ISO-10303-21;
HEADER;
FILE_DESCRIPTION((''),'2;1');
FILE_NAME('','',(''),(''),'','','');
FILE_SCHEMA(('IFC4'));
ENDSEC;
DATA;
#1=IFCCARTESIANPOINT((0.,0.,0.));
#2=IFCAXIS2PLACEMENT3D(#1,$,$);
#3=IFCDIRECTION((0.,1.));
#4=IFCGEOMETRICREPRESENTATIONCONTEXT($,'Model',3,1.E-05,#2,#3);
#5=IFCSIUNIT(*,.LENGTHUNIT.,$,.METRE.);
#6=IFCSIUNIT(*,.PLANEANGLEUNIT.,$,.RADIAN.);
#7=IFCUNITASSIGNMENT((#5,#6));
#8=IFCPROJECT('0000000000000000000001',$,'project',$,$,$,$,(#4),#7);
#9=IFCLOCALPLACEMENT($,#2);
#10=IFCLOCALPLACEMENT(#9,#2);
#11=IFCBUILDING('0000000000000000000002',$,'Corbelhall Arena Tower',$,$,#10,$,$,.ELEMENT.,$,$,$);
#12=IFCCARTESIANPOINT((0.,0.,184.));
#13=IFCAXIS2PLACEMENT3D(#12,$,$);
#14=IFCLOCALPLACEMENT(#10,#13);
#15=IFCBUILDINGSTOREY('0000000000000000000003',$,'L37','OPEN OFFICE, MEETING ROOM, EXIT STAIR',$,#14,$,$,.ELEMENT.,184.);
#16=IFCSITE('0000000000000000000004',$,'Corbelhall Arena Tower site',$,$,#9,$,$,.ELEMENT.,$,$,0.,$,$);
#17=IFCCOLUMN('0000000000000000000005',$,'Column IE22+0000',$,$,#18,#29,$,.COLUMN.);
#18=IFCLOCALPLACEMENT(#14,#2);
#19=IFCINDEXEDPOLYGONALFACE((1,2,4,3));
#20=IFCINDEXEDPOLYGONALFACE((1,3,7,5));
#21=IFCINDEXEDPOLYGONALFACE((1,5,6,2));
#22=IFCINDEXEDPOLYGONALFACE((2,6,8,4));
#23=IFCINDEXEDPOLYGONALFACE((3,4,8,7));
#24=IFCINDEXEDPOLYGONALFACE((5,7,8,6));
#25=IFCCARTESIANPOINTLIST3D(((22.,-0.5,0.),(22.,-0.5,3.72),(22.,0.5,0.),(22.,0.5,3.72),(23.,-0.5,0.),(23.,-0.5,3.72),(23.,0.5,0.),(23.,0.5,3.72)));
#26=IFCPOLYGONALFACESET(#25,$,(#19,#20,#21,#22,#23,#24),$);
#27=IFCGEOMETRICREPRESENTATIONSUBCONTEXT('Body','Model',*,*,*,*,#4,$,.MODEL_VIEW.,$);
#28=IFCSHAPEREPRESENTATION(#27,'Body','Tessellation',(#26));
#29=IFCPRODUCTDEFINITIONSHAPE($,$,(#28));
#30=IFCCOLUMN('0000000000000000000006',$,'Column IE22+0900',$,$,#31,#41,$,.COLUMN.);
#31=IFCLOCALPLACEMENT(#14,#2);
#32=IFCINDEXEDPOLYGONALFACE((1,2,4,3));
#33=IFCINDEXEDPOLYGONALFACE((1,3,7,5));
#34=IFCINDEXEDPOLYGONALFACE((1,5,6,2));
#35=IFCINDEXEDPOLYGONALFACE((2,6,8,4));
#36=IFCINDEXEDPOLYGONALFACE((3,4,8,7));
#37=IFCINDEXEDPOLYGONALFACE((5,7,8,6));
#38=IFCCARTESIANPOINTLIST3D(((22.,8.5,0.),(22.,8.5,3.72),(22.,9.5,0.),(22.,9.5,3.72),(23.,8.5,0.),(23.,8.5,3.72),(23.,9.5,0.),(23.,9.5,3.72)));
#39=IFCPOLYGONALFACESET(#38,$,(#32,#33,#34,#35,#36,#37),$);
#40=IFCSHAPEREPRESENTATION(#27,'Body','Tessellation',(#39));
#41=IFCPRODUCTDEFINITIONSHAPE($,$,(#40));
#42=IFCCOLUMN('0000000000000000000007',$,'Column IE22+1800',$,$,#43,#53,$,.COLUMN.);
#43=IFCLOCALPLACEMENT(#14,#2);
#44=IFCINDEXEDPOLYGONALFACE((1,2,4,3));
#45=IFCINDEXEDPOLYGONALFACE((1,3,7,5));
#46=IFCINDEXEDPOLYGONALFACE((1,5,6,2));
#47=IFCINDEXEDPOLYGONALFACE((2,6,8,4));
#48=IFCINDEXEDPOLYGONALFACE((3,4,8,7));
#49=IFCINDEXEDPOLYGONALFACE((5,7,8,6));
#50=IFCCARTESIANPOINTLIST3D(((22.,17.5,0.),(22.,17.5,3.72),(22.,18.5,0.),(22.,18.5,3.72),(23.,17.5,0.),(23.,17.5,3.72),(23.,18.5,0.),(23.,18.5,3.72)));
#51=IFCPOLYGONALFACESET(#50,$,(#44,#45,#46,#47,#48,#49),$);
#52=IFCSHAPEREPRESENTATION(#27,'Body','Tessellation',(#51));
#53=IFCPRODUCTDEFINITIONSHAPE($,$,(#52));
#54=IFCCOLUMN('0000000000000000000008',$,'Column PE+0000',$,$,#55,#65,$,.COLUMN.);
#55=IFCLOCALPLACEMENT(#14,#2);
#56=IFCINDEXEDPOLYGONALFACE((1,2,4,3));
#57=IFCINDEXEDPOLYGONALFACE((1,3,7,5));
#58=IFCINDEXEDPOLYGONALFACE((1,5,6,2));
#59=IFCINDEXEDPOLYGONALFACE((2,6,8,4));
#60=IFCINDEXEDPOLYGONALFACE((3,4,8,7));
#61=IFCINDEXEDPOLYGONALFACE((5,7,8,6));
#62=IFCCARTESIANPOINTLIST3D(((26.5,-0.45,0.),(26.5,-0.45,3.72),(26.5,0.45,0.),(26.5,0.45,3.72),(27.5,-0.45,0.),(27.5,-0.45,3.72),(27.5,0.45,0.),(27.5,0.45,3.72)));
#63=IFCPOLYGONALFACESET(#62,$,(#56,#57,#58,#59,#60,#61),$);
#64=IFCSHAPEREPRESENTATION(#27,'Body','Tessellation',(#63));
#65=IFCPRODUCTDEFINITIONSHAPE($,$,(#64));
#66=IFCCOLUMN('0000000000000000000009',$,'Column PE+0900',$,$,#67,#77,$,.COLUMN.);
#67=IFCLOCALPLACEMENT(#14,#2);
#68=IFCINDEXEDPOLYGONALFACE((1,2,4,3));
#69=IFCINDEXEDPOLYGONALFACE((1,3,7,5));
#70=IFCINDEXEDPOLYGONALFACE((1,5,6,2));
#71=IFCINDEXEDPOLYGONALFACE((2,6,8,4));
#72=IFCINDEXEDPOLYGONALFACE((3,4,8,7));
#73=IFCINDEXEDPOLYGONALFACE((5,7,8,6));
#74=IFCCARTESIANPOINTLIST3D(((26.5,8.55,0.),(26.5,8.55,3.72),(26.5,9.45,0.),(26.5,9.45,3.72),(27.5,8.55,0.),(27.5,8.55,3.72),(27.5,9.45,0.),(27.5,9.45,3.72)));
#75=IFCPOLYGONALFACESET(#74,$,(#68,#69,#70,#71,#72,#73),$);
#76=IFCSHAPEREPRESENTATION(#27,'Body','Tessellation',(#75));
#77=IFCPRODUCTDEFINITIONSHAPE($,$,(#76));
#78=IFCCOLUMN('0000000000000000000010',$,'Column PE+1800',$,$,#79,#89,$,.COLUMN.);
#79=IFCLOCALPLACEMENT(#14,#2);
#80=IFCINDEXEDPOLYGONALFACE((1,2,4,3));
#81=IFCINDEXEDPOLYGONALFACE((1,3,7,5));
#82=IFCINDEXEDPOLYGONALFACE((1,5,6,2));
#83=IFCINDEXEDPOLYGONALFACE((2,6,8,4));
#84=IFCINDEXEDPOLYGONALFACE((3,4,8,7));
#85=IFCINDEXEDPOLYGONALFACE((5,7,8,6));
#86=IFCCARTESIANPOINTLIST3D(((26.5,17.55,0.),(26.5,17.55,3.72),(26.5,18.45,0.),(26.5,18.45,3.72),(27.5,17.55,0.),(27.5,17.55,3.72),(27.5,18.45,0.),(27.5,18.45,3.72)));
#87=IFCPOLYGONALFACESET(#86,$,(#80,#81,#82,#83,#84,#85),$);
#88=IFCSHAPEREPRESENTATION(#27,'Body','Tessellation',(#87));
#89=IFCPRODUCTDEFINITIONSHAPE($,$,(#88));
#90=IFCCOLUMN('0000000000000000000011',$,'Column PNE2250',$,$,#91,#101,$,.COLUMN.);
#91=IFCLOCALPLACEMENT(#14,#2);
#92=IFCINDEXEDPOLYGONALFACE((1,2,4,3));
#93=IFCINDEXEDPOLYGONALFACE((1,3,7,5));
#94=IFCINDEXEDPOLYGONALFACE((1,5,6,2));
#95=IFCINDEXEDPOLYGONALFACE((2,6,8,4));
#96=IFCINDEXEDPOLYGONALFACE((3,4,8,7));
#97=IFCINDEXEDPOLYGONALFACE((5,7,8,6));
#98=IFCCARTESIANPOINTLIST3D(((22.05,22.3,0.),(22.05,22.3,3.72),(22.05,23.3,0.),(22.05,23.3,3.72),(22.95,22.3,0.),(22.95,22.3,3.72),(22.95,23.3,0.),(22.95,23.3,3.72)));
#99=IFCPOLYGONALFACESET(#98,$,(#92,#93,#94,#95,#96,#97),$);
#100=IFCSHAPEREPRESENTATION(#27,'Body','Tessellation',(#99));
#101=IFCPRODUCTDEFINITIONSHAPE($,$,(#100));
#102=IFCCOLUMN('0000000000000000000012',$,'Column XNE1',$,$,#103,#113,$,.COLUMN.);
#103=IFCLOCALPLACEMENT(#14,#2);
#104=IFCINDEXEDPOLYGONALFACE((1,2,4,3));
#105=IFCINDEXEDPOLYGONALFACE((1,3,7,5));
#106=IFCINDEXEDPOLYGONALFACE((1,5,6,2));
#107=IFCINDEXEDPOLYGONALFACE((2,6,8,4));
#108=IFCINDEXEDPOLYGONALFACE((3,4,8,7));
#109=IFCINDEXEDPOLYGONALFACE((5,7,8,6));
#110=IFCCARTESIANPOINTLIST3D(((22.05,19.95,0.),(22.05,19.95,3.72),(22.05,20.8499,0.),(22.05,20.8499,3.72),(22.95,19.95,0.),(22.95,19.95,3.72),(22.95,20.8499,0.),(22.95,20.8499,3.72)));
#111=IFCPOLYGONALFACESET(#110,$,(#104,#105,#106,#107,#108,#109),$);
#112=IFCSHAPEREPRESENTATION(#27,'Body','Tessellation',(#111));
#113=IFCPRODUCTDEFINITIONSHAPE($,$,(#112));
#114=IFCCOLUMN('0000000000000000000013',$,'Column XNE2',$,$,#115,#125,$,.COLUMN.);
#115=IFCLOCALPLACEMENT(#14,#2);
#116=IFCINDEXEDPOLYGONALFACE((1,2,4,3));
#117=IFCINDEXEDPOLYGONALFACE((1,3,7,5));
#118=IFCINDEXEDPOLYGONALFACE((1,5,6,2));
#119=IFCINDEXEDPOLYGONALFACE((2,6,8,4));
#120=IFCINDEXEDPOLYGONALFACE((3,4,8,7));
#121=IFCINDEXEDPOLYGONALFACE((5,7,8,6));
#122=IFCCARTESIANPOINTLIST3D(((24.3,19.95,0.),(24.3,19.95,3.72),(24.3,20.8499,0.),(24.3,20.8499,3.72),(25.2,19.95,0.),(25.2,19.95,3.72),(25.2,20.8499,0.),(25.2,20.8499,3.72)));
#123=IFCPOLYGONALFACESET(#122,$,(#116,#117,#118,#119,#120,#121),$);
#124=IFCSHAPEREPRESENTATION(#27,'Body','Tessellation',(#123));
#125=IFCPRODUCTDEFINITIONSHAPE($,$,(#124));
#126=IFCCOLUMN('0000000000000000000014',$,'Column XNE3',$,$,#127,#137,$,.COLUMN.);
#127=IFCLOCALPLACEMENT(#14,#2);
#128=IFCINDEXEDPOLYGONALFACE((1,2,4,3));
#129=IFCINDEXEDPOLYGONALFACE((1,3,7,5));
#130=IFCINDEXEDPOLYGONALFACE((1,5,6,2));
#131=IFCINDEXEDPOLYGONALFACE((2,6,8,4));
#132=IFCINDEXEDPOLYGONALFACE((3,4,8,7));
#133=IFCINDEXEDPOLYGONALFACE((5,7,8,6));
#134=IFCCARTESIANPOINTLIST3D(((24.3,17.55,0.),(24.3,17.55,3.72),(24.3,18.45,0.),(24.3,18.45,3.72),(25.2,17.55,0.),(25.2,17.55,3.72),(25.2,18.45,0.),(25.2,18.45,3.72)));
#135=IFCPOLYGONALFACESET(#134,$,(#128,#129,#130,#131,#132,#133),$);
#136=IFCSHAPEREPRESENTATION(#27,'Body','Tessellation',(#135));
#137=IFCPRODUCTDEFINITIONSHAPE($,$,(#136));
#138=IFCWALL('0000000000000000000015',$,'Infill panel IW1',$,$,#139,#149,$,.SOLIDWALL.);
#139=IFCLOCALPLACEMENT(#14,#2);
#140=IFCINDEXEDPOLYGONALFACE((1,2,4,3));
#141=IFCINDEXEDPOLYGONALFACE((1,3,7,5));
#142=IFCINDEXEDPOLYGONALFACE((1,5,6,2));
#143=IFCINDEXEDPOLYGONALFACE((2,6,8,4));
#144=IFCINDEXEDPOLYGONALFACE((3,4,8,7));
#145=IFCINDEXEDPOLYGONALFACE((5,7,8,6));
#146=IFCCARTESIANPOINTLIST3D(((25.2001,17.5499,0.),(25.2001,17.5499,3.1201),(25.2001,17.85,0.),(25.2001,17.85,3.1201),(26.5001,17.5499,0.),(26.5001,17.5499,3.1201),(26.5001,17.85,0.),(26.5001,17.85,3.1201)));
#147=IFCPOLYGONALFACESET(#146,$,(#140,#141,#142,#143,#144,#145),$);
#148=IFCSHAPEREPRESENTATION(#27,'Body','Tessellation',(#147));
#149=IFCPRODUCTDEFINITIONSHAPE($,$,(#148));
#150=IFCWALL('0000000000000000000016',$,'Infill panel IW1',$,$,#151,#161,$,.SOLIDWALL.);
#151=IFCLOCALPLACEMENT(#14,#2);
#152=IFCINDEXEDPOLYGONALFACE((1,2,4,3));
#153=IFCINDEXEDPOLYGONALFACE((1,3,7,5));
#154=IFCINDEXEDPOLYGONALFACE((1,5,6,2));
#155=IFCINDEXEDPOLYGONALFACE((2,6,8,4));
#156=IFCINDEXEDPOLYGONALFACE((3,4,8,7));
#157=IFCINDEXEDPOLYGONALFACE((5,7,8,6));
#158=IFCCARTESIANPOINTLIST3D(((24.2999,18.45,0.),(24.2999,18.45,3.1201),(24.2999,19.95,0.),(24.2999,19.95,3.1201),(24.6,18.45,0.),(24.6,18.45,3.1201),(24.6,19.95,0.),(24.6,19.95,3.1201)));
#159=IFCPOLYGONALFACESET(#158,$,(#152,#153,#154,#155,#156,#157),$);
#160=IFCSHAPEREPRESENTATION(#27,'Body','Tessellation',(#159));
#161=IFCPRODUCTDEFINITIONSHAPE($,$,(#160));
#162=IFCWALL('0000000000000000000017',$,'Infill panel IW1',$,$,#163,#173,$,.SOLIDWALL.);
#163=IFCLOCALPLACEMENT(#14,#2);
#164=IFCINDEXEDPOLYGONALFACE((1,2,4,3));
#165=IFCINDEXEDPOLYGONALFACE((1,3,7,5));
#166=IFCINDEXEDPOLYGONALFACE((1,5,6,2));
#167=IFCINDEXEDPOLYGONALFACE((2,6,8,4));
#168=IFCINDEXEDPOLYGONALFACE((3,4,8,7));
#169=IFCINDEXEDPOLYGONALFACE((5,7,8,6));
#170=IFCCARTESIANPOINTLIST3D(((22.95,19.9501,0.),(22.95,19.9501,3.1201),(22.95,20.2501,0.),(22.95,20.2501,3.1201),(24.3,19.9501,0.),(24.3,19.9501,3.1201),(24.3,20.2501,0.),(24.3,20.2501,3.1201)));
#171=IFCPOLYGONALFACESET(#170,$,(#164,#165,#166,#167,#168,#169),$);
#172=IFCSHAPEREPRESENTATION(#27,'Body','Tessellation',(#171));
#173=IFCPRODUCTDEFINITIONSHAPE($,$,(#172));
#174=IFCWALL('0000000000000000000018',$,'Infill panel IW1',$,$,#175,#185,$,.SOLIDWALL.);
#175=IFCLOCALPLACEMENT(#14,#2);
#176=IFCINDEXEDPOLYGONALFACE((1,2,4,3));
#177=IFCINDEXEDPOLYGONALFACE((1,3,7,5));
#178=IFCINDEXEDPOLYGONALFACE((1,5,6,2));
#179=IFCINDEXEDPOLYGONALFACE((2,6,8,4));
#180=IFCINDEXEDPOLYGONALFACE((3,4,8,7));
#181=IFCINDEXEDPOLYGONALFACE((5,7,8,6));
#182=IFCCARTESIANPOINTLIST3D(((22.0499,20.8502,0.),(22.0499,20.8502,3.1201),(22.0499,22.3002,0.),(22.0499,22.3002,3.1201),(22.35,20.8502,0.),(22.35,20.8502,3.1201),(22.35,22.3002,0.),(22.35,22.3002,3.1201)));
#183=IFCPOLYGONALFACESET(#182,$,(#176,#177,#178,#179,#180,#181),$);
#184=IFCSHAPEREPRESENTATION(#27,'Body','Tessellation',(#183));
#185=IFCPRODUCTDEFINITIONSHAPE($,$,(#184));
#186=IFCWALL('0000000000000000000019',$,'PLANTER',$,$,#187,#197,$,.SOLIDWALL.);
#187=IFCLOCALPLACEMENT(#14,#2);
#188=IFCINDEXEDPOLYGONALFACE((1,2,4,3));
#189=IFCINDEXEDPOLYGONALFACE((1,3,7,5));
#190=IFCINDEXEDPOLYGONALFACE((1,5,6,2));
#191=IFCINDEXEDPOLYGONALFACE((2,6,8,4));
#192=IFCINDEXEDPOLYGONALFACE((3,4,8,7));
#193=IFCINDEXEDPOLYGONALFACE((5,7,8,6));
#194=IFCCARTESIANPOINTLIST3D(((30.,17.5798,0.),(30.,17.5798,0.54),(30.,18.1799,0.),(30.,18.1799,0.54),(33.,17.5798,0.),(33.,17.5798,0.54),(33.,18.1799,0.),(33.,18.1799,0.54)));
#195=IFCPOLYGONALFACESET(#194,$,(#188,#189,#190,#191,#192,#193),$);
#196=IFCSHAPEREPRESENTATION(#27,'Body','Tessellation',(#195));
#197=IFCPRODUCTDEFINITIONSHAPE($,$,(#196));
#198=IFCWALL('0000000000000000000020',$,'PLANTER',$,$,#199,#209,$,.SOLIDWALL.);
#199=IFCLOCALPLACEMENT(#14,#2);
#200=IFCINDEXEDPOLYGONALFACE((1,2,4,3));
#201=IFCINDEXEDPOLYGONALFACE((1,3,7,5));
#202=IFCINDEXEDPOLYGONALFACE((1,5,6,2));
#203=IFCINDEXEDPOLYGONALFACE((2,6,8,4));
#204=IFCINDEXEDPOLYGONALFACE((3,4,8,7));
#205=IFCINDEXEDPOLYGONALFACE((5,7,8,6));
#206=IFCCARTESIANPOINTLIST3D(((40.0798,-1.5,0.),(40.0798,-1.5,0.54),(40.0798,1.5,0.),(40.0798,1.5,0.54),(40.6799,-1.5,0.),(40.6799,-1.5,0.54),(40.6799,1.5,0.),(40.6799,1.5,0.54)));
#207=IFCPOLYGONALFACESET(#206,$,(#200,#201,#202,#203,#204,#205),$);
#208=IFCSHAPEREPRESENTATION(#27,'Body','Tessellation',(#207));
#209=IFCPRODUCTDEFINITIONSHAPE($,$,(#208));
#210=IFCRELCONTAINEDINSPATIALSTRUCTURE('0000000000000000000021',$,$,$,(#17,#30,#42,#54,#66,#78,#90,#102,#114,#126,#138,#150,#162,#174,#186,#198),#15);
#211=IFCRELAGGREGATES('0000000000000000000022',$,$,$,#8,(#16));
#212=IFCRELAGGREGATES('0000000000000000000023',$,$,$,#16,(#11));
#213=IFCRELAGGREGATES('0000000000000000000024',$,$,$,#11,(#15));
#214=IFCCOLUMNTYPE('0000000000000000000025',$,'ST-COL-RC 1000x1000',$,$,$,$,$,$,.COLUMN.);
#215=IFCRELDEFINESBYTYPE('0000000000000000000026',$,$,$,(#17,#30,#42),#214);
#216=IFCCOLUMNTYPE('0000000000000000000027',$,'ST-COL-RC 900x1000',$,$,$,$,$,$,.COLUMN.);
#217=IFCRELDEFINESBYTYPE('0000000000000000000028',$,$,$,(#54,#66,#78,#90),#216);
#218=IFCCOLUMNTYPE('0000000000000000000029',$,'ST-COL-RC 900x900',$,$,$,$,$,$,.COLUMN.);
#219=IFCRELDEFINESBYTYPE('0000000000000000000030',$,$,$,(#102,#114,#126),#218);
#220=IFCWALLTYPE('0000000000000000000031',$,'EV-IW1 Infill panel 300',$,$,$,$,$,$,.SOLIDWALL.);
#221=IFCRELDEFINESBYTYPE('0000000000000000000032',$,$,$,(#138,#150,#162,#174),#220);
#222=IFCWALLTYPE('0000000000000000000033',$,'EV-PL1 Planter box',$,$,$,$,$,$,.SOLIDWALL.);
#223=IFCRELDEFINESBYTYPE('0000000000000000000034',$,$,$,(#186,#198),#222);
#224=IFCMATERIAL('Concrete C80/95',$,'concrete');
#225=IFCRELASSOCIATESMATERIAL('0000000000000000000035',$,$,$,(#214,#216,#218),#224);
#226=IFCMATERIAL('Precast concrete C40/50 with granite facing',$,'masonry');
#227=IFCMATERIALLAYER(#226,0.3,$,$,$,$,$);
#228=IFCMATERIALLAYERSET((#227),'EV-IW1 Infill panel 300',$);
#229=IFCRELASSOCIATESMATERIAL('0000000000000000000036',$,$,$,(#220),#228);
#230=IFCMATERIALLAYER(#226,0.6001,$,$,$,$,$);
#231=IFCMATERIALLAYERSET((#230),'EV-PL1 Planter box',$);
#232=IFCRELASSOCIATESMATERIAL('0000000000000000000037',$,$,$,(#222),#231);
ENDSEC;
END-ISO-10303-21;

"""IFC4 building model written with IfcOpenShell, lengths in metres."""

from ifc_helpers import new_model, si_unit, direction, frame, frame_2d, origin, origin_2d, place, context, subcontext, project, spatial, rectangle, extrude, material, layer, layer_set, material_profile, profile_set, type_object, element, save


model = new_model("IFC4")

# Units and contexts
model_context = context("Model", 3, precision=1e-05, world=origin(), true_north=direction((0.0, 1.0)))
body_context = subcontext(model_context, "Body", "Model", "MODEL_VIEW")
ifc_project = project(units=[si_unit("LENGTHUNIT", "METRE"), si_unit("PLANEANGLEUNIT", "RADIAN")], contexts=[model_context])

# Site, building, storey
site_placement = place(None, origin())
site = spatial("IfcSite", under=ifc_project, at=site_placement, Name="Corbelhall Arena Tower site", CompositionType="ELEMENT", RefElevation=0.0)
building_placement = place(site_placement, origin())
building = spatial("IfcBuilding", under=site, at=building_placement, Name="Corbelhall Arena Tower", CompositionType="ELEMENT")
storey_placement = place(building_placement, frame((0.0, 0.0, 184.0)))
storey = spatial("IfcBuildingStorey", under=building, at=storey_placement, Name="L37", Description="OPEN OFFICE, MEETING ROOM, EXIT STAIR", CompositionType="ELEMENT", Elevation=184.0)

# Columns
ifc_material_1 = material(Name="Concrete C80/95", Category="concrete")
ifc_material_profile_1 = material_profile(ifc_material_1, rectangle(XDim=1.0, YDim=1.0, at=origin_2d()))
ifc_profile_set_1 = profile_set([ifc_material_profile_1], Name="Concrete C80/95")
column_type_1 = type_object("IfcColumnType", Name="ST-COL-RC 1000x1000", PredefinedType="COLUMN", material=ifc_profile_set_1)
for number, where, z_axis, x_axis, name in (
    (1, (22.5, 0.0, 0.0), (0.0, 0.0, 1.0), (1.0, 0.0, 0.0), "Column IE22+0000"),
    (2, (22.5, 9.0, 0.0), (0.0, 0.0, 1.0), (1.0, 0.0, 0.0), "Column IE22+0900"),
    (3, (22.5, 18.0, 0.0), (0.0, 0.0, 1.0), (1.0, 0.0, 0.0), "Column IE22+1800"),
):
    element("IfcColumn", number, at=place(storey_placement, frame(where, z_axis=z_axis, x_axis=x_axis)), inside=storey, type_object=column_type_1, Name=name, PredefinedType="COLUMN", context=body_context, shape_type="SweptSolid", body=[
        extrude(rectangle(XDim=1.0, YDim=1.0, at=origin_2d()), origin(), (0.0, 0.0, 1.0), 3.72),
    ])
ifc_material_profile_2 = material_profile(ifc_material_1, rectangle(XDim=0.8999, YDim=1.0, at=origin_2d()))
ifc_profile_set_2 = profile_set([ifc_material_profile_2], Name="Concrete C80/95")
column_type_2 = type_object("IfcColumnType", Name="ST-COL-RC 900x1000", PredefinedType="COLUMN", material=ifc_profile_set_2)
for number, where, z_axis, x_axis, name in (
    (4, (27.0, 0.0, 0.0), (0.0, 0.0, 1.0), (0.0, 1.0, 0.0), "Column PE+0000"),
    (5, (27.0, 9.0, 0.0), (0.0, 0.0, 1.0), (0.0, 1.0, 0.0), "Column PE+0900"),
    (6, (27.0, 18.0, 0.0), (0.0, 0.0, 1.0), (0.0, 1.0, 0.0), "Column PE+1800"),
    (7, (22.5, 22.8, 0.0), (0.0, 0.0, 1.0), (1.0, 0.0, 0.0), "Column PNE2250"),
):
    element("IfcColumn", number, at=place(storey_placement, frame(where, z_axis=z_axis, x_axis=x_axis)), inside=storey, type_object=column_type_2, Name=name, PredefinedType="COLUMN", context=body_context, shape_type="SweptSolid", body=[
        extrude(rectangle(XDim=0.8999, YDim=1.0, at=origin_2d()), origin(), (0.0, 0.0, 1.0), 3.72),
    ])
ifc_material_profile_3 = material_profile(ifc_material_1, rectangle(XDim=0.8999, YDim=0.8999, at=origin_2d()))
ifc_profile_set_3 = profile_set([ifc_material_profile_3], Name="Concrete C80/95")
column_type_3 = type_object("IfcColumnType", Name="ST-COL-RC 900x900", PredefinedType="COLUMN", material=ifc_profile_set_3)
for number, where, z_axis, x_axis, name in (
    (8, (22.5, 20.3999, 0.0), (0.0, 0.0, 1.0), (1.0, 0.0, 0.0), "Column XNE1"),
    (9, (24.75, 20.3999, 0.0), (0.0, 0.0, 1.0), (1.0, 0.0, 0.0), "Column XNE2"),
    (10, (24.75, 18.0, 0.0), (0.0, 0.0, 1.0), (1.0, 0.0, 0.0), "Column XNE3"),
):
    element("IfcColumn", number, at=place(storey_placement, frame(where, z_axis=z_axis, x_axis=x_axis)), inside=storey, type_object=column_type_3, Name=name, PredefinedType="COLUMN", context=body_context, shape_type="SweptSolid", body=[
        extrude(rectangle(XDim=0.8999, YDim=0.8999, at=origin_2d()), origin(), (0.0, 0.0, 1.0), 3.72),
    ])

# Shared definitions
ifc_material_2 = material(Name="Precast concrete C40/50 with granite facing", Category="masonry")
ifc_layer_1 = layer(ifc_material_2, 0.3)
ifc_layer_set_1 = layer_set([ifc_layer_1], Name="EV-IW1 Infill panel 300")
wall_type_1 = type_object("IfcWallType", Name="EV-IW1 Infill panel 300", PredefinedType="SOLIDWALL", material=ifc_layer_set_1)

# Walls
wall_1_placement = place(storey_placement, frame((26.5, 17.7, 0.0), z_axis=(0.0, 0.0, 1.0), x_axis=(-1.0, 0.0, 0.0)))
element("IfcWall", 11, at=wall_1_placement, inside=storey, type_object=wall_type_1, Name="Infill panel IW1", PredefinedType="SOLIDWALL", context=body_context, shape_type="SweptSolid", body=[
    extrude(rectangle(XDim=1.3, YDim=0.3, at=frame_2d((0.6499, 0.0))), origin(), (0.0, 0.0, 1.0), 3.1201),
])
wall_2_placement = place(storey_placement, frame((24.45, 18.45, 0.0), z_axis=(0.0, 0.0, 1.0), x_axis=(0.0, 1.0, 0.0)))
element("IfcWall", 12, at=wall_2_placement, inside=storey, type_object=wall_type_1, Name="Infill panel IW1", PredefinedType="SOLIDWALL", context=body_context, shape_type="SweptSolid", body=[
    extrude(rectangle(XDim=1.5, YDim=0.3, at=frame_2d((0.75, 0.0))), origin(), (0.0, 0.0, 1.0), 3.1201),
])
wall_3_placement = place(storey_placement, frame((24.3, 20.1001, 0.0), z_axis=(0.0, 0.0, 1.0), x_axis=(-1.0, 0.0, 0.0)))
element("IfcWall", 13, at=wall_3_placement, inside=storey, type_object=wall_type_1, Name="Infill panel IW1", PredefinedType="SOLIDWALL", context=body_context, shape_type="SweptSolid", body=[
    extrude(rectangle(XDim=1.3501, YDim=0.3, at=frame_2d((0.675, 0.0))), origin(), (0.0, 0.0, 1.0), 3.1201),
])
wall_4_placement = place(storey_placement, frame((22.2, 20.8501, 0.0), z_axis=(0.0, 0.0, 1.0), x_axis=(0.0, 1.0, 0.0)))
element("IfcWall", 14, at=wall_4_placement, inside=storey, type_object=wall_type_1, Name="Infill panel IW1", PredefinedType="SOLIDWALL", context=body_context, shape_type="SweptSolid", body=[
    extrude(rectangle(XDim=1.45, YDim=0.3, at=frame_2d((0.7251, 0.0))), origin(), (0.0, 0.0, 1.0), 3.1201),
])

# Walls
ifc_layer_2 = layer(ifc_material_2, 0.6001)
ifc_layer_set_2 = layer_set([ifc_layer_2], Name="EV-PL1 Planter box")
wall_type_2 = type_object("IfcWallType", Name="EV-PL1 Planter box", PredefinedType="SOLIDWALL", material=ifc_layer_set_2)
for number, where, z_axis, x_axis, name in (
    (15, (30.0, 17.8799, 0.0), (0.0, 0.0, 1.0), (1.0, 0.0, 0.0), "PLANTER"),
    (16, (40.3799, 1.5, 0.0), (0.0, 0.0, 1.0), (0.0, -1.0, 0.0), "PLANTER"),
):
    element("IfcWall", number, at=place(storey_placement, frame(where, z_axis=z_axis, x_axis=x_axis)), inside=storey, type_object=wall_type_2, Name=name, PredefinedType="SOLIDWALL", context=body_context, shape_type="SweptSolid", body=[
        extrude(rectangle(XDim=3.0, YDim=0.6001, at=frame_2d((1.5, 0.0))), origin(), (0.0, 0.0, 1.0), 0.54),
    ])

save(model, "model.ifc")
